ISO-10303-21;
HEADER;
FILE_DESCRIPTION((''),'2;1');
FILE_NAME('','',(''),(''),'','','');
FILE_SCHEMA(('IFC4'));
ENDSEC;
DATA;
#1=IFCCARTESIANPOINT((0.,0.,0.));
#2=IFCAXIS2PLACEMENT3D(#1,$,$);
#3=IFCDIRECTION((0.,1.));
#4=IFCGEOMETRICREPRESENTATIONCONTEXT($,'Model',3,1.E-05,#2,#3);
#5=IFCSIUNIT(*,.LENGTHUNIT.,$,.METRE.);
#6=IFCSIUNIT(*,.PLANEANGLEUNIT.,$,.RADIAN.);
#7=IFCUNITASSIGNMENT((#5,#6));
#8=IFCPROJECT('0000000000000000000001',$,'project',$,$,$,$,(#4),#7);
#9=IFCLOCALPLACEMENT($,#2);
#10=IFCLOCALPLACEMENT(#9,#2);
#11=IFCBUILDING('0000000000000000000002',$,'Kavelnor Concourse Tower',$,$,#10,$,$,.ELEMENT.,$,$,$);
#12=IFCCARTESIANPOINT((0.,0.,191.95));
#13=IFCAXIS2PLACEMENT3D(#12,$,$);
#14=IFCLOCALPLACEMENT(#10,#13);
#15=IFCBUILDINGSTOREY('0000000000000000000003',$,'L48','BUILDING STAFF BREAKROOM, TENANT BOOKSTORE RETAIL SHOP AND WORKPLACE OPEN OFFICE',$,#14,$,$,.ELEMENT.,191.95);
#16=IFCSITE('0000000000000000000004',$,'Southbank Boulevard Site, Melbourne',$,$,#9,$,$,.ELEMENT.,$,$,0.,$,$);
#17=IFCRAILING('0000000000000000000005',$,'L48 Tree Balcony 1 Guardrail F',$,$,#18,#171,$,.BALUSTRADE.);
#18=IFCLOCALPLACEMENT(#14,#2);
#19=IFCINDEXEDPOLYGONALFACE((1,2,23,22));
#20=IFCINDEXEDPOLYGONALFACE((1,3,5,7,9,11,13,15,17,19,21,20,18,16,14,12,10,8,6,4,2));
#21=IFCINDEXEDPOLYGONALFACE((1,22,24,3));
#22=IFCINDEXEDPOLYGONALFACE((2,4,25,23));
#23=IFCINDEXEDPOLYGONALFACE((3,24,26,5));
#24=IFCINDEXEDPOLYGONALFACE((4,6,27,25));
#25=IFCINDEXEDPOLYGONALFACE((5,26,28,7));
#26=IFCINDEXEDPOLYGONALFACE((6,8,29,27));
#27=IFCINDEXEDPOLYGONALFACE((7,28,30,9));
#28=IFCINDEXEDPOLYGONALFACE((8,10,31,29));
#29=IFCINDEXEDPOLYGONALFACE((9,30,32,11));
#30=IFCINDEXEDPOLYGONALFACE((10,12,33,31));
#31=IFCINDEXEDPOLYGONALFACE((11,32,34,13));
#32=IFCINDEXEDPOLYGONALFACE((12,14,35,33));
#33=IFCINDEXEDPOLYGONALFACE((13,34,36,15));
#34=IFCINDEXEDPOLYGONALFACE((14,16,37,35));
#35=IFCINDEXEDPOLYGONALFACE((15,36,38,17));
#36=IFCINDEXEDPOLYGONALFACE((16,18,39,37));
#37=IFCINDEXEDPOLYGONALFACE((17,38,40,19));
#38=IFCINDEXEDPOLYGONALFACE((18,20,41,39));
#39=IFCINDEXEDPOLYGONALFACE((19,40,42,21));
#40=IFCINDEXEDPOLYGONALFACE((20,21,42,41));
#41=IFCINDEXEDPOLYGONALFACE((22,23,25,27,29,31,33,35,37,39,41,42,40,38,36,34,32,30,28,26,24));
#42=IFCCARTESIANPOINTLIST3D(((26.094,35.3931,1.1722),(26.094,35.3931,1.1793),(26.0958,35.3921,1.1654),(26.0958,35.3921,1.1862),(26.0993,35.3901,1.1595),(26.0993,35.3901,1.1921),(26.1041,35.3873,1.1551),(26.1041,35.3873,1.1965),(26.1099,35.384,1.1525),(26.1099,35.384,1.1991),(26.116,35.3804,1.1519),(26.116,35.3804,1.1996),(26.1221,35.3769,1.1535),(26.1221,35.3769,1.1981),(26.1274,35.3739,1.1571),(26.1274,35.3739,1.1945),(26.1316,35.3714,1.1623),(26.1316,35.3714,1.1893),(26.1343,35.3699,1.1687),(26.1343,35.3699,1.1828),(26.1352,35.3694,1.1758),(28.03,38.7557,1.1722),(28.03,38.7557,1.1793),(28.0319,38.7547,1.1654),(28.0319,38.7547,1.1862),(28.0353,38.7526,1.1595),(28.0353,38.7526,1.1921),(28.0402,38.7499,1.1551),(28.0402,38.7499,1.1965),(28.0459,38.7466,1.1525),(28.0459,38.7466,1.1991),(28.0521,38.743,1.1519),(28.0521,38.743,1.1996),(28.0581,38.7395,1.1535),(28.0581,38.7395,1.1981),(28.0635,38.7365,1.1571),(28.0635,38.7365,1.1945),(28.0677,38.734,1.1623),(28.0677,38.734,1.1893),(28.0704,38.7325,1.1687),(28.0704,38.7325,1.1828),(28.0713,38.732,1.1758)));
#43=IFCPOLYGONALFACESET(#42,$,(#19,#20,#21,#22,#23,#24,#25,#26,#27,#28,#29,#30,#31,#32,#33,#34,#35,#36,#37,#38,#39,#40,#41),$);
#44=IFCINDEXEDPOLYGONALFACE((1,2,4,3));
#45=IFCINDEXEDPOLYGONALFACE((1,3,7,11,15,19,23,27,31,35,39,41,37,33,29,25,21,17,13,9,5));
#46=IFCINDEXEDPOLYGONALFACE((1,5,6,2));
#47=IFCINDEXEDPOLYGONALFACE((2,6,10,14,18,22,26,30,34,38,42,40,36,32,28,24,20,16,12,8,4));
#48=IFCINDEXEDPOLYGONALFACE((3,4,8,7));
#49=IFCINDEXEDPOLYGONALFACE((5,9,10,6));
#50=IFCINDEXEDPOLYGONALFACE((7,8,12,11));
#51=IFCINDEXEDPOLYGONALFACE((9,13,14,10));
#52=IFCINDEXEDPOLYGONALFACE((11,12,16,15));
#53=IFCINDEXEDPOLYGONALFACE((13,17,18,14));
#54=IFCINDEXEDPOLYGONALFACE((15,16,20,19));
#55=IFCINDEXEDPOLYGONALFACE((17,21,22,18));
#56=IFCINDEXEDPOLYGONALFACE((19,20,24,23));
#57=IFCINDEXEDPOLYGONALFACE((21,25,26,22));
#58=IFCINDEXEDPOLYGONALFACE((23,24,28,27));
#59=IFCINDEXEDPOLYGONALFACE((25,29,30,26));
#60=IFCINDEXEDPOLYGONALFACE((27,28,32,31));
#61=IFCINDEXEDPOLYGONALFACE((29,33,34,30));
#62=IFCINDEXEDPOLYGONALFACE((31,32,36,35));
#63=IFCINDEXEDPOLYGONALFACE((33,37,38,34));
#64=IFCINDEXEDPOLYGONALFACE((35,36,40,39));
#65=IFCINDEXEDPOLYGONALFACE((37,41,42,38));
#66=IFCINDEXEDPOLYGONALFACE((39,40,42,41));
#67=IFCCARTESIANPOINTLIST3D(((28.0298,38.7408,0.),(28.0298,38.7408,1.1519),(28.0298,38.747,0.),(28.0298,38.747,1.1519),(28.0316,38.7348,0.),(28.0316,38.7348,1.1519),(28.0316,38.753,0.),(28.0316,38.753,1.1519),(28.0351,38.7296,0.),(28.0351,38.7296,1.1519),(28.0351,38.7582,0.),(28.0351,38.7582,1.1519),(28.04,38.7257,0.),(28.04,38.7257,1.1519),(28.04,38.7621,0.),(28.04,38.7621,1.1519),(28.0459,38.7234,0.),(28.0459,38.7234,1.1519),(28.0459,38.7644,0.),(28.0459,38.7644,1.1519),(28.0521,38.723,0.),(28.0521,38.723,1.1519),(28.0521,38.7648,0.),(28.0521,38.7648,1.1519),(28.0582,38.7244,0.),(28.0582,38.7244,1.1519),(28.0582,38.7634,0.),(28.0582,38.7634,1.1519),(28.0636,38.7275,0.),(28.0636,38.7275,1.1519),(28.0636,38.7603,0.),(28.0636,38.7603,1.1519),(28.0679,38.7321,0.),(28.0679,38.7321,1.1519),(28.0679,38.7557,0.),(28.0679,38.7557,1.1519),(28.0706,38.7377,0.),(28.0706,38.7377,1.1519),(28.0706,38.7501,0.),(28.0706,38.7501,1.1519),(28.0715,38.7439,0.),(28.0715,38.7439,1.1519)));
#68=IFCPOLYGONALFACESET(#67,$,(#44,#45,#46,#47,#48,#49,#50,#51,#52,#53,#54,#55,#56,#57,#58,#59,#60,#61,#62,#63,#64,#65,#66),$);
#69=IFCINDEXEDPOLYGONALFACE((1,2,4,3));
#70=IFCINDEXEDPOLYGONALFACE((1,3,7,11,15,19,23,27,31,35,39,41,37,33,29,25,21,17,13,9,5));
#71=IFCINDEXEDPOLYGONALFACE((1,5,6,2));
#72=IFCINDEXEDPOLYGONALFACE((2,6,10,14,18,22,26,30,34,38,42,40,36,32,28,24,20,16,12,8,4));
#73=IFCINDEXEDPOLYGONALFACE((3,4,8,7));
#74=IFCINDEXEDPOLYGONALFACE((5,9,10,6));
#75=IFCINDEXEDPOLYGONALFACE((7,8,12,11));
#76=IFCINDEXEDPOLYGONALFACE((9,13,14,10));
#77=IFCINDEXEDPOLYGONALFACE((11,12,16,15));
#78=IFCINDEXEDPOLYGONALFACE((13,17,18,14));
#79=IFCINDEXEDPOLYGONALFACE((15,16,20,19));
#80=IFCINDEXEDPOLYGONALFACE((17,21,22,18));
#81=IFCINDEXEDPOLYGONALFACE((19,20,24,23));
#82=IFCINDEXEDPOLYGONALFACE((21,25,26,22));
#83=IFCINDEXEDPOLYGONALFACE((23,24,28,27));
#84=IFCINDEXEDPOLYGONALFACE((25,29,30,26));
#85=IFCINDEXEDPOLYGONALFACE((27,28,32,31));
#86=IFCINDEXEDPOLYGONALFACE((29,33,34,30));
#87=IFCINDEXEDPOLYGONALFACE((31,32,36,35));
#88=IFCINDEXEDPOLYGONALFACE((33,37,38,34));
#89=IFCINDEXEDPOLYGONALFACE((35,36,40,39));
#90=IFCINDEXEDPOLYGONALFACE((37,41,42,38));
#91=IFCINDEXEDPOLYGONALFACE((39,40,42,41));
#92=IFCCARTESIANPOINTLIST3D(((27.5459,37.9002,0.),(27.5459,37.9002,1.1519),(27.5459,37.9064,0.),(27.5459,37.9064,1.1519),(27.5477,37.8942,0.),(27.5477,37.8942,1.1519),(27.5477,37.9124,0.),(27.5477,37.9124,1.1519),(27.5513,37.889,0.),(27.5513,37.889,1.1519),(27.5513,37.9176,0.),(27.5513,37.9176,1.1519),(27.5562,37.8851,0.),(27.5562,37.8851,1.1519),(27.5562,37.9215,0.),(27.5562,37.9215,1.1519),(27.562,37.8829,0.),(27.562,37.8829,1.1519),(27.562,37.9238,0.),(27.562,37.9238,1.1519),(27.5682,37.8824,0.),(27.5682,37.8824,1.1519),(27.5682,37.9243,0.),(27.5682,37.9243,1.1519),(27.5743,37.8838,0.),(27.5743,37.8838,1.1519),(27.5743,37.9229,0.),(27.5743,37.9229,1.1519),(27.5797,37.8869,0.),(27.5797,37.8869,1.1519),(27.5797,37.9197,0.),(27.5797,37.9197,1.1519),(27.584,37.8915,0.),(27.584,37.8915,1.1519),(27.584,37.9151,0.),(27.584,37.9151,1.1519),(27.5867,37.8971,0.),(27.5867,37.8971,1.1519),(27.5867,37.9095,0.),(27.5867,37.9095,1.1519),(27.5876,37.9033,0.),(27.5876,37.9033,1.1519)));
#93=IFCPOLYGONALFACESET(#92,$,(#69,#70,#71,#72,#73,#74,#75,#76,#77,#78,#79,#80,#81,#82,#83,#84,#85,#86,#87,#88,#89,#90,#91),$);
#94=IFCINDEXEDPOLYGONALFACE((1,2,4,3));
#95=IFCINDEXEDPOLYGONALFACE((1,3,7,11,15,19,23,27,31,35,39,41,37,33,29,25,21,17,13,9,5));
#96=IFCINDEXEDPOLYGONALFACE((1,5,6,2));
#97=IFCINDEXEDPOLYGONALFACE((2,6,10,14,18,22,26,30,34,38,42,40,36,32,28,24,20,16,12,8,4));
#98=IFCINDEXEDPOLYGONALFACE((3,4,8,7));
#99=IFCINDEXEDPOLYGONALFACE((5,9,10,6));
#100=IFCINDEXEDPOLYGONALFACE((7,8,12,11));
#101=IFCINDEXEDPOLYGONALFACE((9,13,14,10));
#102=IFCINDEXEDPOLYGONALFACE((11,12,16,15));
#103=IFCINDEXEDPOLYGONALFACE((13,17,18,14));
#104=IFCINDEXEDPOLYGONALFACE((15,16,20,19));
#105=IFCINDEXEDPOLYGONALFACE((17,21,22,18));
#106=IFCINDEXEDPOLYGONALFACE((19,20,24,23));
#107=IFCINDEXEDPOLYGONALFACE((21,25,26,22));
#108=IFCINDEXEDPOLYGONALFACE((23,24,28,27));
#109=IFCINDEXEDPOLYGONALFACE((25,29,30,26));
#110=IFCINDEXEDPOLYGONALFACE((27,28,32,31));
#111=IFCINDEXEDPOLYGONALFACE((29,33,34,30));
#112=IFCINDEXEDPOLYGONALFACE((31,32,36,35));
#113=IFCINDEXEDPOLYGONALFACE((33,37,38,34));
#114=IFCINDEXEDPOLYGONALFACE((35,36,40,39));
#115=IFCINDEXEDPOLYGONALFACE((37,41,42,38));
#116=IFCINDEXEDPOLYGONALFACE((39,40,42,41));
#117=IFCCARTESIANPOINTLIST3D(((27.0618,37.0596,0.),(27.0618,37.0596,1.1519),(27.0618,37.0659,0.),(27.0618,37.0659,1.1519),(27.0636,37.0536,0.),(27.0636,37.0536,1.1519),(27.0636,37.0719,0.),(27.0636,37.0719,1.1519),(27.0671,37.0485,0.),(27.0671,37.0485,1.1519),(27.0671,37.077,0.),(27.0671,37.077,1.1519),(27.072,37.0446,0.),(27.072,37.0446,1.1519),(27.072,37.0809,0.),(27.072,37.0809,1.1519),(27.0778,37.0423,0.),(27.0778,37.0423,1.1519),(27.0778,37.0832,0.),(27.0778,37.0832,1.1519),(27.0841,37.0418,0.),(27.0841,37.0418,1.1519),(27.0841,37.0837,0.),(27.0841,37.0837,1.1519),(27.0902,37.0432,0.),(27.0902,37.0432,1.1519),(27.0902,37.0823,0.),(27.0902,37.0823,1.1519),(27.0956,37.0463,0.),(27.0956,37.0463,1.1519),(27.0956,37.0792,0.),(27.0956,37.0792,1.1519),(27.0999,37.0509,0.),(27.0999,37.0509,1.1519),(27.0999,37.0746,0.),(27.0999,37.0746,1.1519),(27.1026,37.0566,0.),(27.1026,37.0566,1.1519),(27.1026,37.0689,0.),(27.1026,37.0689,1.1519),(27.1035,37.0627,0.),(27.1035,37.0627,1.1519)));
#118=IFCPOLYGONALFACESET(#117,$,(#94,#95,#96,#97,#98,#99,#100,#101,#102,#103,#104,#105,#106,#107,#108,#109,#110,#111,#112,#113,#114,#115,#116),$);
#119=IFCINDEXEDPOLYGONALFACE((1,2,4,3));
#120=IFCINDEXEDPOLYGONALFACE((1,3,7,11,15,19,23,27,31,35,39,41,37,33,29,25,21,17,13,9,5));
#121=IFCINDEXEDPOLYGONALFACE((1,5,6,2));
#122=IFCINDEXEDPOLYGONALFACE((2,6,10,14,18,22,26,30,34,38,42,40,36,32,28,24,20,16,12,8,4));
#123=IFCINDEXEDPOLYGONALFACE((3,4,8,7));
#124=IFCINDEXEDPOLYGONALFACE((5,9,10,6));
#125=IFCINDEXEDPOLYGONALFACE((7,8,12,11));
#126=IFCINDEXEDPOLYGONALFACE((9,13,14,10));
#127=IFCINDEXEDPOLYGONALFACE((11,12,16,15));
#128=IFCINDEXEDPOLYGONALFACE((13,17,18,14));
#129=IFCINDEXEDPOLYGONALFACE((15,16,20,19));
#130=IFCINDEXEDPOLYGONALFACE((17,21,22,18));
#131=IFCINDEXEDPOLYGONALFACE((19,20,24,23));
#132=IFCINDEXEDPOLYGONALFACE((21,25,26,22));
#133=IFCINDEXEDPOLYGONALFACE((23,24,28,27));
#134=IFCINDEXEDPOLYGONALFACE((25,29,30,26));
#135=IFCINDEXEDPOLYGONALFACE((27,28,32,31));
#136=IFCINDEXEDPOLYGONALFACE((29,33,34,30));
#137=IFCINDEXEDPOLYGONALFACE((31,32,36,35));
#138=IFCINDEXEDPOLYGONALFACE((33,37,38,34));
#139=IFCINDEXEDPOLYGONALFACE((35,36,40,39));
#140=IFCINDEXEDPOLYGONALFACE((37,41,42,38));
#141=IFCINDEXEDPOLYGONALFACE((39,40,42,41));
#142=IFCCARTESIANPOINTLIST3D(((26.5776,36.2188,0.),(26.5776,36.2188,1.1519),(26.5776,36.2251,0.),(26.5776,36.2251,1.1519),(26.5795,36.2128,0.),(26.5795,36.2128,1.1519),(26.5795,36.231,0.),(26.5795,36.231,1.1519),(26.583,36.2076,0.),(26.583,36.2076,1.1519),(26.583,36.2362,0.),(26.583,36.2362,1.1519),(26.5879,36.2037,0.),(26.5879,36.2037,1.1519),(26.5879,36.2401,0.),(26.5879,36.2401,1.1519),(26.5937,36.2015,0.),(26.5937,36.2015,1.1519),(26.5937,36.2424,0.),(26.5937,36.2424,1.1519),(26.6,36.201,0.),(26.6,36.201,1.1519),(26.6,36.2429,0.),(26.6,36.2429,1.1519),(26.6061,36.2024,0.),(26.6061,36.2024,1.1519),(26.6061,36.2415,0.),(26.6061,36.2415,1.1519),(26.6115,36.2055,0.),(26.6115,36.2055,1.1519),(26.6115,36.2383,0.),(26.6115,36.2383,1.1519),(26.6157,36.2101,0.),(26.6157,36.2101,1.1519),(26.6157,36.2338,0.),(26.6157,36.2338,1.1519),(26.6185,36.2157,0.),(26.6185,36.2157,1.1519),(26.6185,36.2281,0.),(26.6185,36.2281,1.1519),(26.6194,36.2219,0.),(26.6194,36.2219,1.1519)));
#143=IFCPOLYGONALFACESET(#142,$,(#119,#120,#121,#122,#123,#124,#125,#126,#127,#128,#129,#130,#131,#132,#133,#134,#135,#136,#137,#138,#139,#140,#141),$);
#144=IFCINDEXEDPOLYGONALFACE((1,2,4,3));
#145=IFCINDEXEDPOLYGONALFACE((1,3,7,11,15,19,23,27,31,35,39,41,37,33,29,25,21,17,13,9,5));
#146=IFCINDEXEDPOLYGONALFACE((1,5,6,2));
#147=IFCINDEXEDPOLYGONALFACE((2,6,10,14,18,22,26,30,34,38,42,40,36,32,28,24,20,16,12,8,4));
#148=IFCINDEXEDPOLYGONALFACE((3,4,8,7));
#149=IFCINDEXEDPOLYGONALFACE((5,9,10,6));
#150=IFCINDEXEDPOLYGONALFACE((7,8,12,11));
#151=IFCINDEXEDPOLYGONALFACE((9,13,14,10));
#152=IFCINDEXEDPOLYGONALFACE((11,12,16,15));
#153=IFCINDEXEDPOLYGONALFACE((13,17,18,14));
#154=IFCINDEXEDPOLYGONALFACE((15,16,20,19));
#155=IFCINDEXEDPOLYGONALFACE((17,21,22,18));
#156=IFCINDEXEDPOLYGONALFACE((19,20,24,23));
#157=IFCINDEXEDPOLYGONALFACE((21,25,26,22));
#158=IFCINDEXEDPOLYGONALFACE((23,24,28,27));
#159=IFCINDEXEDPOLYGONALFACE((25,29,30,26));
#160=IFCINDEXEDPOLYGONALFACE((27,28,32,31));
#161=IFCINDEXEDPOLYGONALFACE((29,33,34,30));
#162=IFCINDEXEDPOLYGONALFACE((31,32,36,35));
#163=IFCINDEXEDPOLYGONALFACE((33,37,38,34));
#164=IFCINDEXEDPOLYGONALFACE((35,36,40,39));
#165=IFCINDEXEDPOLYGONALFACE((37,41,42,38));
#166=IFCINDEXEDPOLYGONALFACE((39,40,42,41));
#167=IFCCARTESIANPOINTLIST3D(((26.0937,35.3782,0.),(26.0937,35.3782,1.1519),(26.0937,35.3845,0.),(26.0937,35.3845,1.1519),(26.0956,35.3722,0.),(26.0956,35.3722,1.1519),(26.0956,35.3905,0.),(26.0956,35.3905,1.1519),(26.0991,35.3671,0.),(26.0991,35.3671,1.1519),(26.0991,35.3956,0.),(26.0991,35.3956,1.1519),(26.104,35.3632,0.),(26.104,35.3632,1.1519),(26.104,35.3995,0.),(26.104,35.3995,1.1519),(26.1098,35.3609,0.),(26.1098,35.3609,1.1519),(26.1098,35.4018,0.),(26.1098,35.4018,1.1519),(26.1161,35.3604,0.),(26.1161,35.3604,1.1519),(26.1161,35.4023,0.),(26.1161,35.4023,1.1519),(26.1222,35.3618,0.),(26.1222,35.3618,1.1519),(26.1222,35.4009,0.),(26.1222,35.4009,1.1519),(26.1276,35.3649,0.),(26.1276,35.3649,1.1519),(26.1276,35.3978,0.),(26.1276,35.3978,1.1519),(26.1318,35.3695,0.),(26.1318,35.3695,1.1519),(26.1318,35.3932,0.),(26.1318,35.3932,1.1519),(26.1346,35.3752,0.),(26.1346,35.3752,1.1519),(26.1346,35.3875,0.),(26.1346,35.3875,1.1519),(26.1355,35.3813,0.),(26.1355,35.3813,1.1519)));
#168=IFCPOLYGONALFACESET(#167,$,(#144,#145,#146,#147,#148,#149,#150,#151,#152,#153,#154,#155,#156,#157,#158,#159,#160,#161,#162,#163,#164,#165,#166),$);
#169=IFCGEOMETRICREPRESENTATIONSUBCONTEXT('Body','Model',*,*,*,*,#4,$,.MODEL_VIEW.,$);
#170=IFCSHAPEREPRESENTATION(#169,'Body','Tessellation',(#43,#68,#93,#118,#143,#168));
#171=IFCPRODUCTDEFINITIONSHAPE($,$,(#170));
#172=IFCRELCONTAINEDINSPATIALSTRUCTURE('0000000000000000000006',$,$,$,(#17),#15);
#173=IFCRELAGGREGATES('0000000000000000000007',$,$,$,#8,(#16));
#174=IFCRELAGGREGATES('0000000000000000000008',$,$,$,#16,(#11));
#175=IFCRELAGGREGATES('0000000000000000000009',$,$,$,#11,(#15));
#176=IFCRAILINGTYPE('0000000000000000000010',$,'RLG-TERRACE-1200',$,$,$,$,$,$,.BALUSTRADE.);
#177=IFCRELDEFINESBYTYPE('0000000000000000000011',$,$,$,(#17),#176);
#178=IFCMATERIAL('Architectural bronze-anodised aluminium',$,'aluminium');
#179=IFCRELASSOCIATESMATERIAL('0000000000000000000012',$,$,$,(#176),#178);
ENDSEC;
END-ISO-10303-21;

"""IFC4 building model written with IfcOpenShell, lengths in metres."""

from ifc_helpers import new_model, si_unit, direction, frame, origin, origin_2d, place, context, subcontext, project, spatial, circle, extrude, material, type_object, element, save


model = new_model("IFC4")

# Units and contexts
model_context = context("Model", 3, precision=1e-05, world=origin(), true_north=direction((0.0, 1.0)))
body_context = subcontext(model_context, "Body", "Model", "MODEL_VIEW")
ifc_project = project(units=[si_unit("LENGTHUNIT", "METRE"), si_unit("PLANEANGLEUNIT", "RADIAN")], contexts=[model_context])

# Site, building, storey
site_placement = place(None, origin())
site = spatial("IfcSite", under=ifc_project, at=site_placement, Name="Southbank Boulevard Site, Melbourne", CompositionType="ELEMENT", RefElevation=0.0)
building_placement = place(site_placement, origin())
building = spatial("IfcBuilding", under=site, at=building_placement, Name="Kavelnor Concourse Tower", CompositionType="ELEMENT")
storey_placement = place(building_placement, frame((0.0, 0.0, 191.95)))
storey = spatial("IfcBuildingStorey", under=building, at=storey_placement, Name="L48", Description="BUILDING STAFF BREAKROOM, TENANT BOOKSTORE RETAIL SHOP AND WORKPLACE OPEN OFFICE", CompositionType="ELEMENT", Elevation=191.95)

# Railing
ifc_material_1 = material(Name="Architectural bronze-anodised aluminium", Category="aluminium")
railing_type = type_object("IfcRailingType", Name="RLG-TERRACE-1200", PredefinedType="BALUSTRADE", material=ifc_material_1)
railing_1_placement = place(storey_placement, frame((28.0505, 38.7439, 0.0)))
element("IfcRailing", 1, at=railing_1_placement, inside=storey, type_object=railing_type, Name="L48 Tree Balcony 1 Guardrail F", PredefinedType="BALUSTRADE", context=body_context, shape_type="SweptSolid", body=[
    extrude(circle(Radius=0.0239, at=origin_2d()), frame((0.0, 0.0, 1.1758), z_axis=(-0.498969, -0.86662, 0.0), x_axis=(0.86662, -0.498969, 0.0)), (0.0, 0.0, 1.0), 3.8801),
    extrude(circle(Radius=0.021, at=origin_2d()), origin(), (0.0, 0.0, 1.0), 1.1519),
    extrude(circle(Radius=0.021, at=origin_2d()), frame((-0.4839, -0.8406, 0.0)), (0.0, 0.0, 1.0), 1.1519),
    extrude(circle(Radius=0.021, at=origin_2d()), frame((-0.968, -1.6812, 0.0)), (0.0, 0.0, 1.0), 1.1519),
    extrude(circle(Radius=0.021, at=origin_2d()), frame((-1.4521, -2.522, 0.0)), (0.0, 0.0, 1.0), 1.1519),
    extrude(circle(Radius=0.021, at=origin_2d()), frame((-1.936, -3.3625, 0.0)), (0.0, 0.0, 1.0), 1.1519),
])

save(model, "model.ifc")
